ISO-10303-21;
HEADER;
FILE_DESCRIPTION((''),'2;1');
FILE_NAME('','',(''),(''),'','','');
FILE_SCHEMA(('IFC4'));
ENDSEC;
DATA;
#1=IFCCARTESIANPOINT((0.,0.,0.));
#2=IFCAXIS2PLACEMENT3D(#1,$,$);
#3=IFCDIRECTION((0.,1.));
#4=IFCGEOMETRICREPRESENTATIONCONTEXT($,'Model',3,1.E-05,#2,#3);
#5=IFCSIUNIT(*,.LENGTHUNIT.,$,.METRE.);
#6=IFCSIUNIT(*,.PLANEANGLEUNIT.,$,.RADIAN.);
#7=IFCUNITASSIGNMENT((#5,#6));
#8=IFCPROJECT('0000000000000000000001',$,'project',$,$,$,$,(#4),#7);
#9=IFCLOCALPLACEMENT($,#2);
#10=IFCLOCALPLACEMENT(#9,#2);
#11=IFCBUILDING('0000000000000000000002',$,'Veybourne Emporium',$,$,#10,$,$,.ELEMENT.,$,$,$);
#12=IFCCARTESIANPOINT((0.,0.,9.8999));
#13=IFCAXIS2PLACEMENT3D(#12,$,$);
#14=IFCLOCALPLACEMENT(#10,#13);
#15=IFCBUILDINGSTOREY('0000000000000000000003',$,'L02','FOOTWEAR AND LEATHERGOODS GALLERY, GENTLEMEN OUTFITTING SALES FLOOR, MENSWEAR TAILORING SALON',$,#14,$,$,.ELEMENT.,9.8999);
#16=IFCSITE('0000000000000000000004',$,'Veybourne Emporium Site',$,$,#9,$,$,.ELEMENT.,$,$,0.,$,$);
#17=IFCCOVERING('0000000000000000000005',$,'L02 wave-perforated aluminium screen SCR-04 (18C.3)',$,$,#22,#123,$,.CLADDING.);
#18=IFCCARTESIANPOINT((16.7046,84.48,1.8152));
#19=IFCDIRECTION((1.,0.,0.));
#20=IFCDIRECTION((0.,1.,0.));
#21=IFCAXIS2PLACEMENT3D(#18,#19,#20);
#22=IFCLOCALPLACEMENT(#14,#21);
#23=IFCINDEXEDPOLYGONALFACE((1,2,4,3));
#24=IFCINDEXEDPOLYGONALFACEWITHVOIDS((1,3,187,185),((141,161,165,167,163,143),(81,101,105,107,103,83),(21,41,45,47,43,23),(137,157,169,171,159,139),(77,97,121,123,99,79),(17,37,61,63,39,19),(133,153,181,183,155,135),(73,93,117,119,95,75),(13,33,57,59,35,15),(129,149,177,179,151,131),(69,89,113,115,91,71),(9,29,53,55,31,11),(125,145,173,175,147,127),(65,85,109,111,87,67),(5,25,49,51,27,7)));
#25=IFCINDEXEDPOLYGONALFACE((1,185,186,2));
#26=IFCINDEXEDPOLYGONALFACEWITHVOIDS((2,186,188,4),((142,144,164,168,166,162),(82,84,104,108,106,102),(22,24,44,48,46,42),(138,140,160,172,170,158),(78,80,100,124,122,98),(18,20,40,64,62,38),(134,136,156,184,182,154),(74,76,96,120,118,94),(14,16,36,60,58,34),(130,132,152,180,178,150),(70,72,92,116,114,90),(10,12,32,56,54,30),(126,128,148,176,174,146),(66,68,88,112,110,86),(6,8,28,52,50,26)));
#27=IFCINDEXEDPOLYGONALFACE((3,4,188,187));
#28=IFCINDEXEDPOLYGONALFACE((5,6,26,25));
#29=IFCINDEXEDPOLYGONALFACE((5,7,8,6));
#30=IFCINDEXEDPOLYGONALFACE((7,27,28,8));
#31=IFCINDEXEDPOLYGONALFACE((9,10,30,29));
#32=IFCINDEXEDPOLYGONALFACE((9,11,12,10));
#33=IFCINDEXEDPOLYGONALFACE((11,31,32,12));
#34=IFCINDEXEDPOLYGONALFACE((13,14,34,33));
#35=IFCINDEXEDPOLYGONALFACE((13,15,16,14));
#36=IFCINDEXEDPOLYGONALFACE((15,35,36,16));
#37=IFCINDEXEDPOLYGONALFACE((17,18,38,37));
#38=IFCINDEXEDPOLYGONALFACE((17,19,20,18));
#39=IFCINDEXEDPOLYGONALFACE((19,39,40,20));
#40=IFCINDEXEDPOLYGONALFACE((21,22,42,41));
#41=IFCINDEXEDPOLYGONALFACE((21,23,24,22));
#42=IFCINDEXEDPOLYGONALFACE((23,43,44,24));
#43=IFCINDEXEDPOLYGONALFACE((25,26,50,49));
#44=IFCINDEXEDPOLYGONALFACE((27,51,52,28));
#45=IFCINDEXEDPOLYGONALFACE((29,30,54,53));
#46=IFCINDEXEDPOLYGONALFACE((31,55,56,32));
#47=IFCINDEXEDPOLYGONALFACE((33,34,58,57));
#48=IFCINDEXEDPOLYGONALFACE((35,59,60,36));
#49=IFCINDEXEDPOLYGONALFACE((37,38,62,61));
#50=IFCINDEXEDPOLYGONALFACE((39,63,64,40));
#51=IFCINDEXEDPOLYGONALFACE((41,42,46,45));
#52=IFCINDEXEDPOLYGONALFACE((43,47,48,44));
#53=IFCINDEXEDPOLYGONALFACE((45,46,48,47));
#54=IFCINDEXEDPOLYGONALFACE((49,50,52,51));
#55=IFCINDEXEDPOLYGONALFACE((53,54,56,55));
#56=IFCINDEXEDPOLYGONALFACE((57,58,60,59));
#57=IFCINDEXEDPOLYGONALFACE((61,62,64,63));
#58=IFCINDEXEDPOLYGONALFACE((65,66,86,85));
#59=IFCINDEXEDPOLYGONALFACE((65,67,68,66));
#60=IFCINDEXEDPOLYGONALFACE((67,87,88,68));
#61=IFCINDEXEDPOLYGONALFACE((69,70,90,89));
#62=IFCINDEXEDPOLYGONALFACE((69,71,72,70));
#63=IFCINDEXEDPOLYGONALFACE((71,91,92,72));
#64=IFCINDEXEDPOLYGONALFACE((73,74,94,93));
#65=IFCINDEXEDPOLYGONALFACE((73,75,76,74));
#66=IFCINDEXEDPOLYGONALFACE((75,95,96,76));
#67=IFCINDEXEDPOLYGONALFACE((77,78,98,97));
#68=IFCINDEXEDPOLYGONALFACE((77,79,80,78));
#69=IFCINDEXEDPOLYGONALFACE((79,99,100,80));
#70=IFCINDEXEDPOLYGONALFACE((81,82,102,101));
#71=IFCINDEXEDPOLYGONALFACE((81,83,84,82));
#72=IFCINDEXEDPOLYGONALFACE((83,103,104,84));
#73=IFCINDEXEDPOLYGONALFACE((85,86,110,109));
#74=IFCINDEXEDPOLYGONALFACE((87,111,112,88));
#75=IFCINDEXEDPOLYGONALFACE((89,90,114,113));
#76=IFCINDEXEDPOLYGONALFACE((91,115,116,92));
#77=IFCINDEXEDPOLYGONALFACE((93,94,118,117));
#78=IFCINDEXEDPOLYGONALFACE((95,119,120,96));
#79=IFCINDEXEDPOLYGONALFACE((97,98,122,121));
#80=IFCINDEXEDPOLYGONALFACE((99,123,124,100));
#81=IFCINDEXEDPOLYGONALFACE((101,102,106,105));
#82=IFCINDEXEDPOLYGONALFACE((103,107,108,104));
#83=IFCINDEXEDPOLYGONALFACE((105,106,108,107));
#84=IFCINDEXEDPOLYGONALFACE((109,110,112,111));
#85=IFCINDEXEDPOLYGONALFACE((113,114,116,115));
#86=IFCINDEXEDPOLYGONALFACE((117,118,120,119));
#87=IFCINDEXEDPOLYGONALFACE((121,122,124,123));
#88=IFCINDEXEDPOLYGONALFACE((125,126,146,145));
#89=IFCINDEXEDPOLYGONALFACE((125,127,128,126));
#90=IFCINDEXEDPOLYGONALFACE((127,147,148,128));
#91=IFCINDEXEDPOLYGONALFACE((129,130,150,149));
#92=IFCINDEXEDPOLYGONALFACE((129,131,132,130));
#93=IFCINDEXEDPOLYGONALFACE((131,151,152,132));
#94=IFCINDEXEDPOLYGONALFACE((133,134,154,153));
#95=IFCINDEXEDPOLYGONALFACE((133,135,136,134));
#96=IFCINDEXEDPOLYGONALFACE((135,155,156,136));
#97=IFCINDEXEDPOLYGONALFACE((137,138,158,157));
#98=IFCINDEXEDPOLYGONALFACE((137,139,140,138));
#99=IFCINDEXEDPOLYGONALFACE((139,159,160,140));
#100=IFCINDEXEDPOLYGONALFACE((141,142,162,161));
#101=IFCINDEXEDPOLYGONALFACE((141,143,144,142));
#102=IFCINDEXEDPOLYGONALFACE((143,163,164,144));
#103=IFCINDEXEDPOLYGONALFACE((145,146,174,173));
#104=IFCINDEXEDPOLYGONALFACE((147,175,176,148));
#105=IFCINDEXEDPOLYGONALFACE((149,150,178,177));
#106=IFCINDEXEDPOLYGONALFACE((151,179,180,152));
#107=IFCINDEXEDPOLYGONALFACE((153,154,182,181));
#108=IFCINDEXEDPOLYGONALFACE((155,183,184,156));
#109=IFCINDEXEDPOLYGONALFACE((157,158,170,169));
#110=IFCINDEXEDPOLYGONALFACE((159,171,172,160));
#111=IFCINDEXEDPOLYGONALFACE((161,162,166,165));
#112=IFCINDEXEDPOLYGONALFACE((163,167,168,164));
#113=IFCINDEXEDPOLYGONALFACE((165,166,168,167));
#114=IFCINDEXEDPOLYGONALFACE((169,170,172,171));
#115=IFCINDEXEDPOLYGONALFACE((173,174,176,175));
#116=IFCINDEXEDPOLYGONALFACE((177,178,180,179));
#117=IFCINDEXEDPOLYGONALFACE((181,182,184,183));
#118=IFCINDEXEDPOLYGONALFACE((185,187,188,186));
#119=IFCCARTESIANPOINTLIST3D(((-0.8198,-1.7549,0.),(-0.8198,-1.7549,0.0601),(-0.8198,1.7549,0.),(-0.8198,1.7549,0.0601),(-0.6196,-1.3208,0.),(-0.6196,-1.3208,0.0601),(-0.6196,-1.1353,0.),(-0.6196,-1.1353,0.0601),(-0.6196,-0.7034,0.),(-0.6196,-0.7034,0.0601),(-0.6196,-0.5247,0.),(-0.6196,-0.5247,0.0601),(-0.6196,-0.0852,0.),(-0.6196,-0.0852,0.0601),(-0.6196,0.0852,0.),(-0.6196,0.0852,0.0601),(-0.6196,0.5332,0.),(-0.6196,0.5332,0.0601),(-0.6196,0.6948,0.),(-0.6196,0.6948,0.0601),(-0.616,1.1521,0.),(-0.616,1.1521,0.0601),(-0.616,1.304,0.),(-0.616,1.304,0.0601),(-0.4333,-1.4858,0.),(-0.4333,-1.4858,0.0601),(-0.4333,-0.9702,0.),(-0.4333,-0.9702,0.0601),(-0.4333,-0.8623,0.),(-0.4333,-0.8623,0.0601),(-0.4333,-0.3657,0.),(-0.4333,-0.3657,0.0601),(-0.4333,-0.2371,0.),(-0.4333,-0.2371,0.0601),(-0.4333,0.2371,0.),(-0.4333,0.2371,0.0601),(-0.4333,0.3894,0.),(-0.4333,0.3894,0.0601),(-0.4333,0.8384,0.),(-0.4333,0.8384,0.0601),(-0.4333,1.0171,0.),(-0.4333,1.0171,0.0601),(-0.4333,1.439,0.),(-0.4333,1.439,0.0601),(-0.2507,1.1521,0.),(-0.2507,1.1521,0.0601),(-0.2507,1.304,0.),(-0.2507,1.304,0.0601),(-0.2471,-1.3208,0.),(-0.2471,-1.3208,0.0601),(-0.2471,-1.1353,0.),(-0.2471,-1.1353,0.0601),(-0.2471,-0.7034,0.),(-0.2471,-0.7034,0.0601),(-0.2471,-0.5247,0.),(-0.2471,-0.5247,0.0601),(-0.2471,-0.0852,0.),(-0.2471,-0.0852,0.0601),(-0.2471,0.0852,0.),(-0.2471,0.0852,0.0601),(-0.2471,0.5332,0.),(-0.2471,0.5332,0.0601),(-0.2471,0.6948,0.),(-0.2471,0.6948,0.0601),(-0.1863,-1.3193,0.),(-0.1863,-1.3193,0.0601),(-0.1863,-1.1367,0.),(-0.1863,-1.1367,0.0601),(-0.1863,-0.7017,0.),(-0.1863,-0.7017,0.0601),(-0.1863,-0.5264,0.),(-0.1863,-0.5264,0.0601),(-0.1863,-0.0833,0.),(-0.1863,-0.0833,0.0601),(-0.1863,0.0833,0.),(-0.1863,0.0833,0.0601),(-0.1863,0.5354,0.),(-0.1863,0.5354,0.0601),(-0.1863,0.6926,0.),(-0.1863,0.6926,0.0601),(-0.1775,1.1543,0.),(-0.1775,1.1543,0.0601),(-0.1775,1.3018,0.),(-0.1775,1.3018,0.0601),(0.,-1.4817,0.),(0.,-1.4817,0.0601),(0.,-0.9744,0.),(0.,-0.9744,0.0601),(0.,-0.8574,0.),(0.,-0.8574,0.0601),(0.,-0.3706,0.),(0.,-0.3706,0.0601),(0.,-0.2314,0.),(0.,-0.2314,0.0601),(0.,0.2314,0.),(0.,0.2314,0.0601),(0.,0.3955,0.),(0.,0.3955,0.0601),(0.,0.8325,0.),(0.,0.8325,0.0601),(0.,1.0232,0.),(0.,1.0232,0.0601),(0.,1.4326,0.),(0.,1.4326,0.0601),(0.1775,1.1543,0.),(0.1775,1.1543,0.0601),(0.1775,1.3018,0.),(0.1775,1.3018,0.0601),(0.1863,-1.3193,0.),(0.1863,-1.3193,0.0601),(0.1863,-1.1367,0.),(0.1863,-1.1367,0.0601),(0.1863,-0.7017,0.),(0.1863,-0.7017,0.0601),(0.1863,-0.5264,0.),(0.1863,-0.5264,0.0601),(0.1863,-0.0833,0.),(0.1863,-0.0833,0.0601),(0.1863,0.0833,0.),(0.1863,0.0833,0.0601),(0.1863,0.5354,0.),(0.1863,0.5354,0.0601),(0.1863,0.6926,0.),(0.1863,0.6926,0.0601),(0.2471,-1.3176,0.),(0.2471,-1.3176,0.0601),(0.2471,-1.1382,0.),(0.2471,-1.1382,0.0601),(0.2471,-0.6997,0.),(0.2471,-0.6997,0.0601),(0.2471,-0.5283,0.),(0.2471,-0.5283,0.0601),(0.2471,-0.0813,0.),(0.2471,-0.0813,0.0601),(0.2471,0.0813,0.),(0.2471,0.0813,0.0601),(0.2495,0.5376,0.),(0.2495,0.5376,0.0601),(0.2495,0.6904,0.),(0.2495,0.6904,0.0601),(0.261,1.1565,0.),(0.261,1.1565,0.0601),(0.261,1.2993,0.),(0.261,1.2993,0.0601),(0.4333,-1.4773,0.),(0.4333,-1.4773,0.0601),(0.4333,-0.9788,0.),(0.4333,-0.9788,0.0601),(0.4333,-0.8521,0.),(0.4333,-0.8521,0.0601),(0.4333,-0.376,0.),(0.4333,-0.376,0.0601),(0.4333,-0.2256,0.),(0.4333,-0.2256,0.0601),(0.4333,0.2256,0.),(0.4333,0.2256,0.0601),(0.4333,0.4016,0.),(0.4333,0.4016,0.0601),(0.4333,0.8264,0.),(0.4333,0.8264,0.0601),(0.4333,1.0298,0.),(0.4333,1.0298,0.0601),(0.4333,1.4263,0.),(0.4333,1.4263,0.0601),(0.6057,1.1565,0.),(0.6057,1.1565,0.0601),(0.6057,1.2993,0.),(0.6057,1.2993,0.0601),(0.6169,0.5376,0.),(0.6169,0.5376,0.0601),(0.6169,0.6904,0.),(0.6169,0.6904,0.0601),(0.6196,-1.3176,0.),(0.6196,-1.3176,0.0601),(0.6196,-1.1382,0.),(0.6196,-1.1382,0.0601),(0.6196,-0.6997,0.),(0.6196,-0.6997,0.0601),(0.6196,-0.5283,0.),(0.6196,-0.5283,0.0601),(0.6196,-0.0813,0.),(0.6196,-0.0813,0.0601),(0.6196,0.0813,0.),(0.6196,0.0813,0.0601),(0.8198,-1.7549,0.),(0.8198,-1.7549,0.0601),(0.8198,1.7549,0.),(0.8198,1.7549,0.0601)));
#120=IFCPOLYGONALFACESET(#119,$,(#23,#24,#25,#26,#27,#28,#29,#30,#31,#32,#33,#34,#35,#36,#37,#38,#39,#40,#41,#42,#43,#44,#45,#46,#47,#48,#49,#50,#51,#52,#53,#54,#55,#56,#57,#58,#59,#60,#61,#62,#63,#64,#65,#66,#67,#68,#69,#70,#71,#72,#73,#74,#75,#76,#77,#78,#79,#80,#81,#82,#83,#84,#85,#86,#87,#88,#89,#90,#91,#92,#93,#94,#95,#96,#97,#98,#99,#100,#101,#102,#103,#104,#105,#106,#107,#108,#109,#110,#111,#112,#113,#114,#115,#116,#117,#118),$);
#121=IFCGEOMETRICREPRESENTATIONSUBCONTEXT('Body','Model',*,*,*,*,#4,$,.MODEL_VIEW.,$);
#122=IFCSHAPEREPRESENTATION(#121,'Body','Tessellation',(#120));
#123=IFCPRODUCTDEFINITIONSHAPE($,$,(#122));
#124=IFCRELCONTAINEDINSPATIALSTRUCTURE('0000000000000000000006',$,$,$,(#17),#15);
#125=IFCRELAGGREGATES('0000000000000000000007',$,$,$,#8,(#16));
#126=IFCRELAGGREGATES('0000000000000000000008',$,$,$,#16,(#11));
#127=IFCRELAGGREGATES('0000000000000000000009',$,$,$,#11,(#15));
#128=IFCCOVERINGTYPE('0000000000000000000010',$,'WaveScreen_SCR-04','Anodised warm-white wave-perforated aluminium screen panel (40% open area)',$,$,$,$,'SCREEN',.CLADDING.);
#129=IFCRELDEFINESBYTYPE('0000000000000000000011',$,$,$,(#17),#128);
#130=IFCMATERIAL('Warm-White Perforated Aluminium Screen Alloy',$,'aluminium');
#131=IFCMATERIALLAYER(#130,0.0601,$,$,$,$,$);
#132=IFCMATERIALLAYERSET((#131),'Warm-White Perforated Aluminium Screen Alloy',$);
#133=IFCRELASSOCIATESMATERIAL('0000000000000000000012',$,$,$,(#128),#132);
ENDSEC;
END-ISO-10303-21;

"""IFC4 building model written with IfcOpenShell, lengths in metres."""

from ifc_helpers import new_model, si_unit, direction, frame, origin, place, context, subcontext, project, spatial, polyline, outline, extrude, material, layer, layer_set, type_object, element, save


model = new_model("IFC4")

# Units and contexts
model_context = context("Model", 3, precision=1e-05, world=origin(), true_north=direction((0.0, 1.0)))
body_context = subcontext(model_context, "Body", "Model", "MODEL_VIEW")
ifc_project = project(units=[si_unit("LENGTHUNIT", "METRE"), si_unit("PLANEANGLEUNIT", "RADIAN")], contexts=[model_context])

# Site, building, storey
site_placement = place(None, origin())
site = spatial("IfcSite", under=ifc_project, at=site_placement, Name="Veybourne Emporium Site", CompositionType="ELEMENT", RefElevation=0.0)
building_placement = place(site_placement, origin())
building = spatial("IfcBuilding", under=site, at=building_placement, Name="Veybourne Emporium", CompositionType="ELEMENT")
storey_placement = place(building_placement, frame((0.0, 0.0, 9.8999)))
storey = spatial("IfcBuildingStorey", under=building, at=storey_placement, Name="L02", Description="FOOTWEAR AND LEATHERGOODS GALLERY, GENTLEMEN OUTFITTING SALES FLOOR, MENSWEAR TAILORING SALON", CompositionType="ELEMENT", Elevation=9.8999)

# Covering
ifc_material_1 = material(Name="Warm-White Perforated Aluminium Screen Alloy", Category="aluminium")
ifc_layer_1 = layer(ifc_material_1, 0.0601)
ifc_layer_set_1 = layer_set([ifc_layer_1], Name="Warm-White Perforated Aluminium Screen Alloy")
covering_type_1 = type_object("IfcCoveringType", Name="WaveScreen_SCR-04", Description="Anodised warm-white wave-perforated aluminium screen panel (40% open area)", ElementType="SCREEN", PredefinedType="CLADDING", material=ifc_layer_set_1)
covering_1_placement = place(storey_placement, frame((16.7046, 84.48, 1.8152), z_axis=(1.0, 0.0, 0.0), x_axis=(0.0, 1.0, 0.0)))
element("IfcCovering", 1, at=covering_1_placement, inside=storey, type_object=covering_type_1, Name="L02 wave-perforated aluminium screen SCR-04 (18C.3)", PredefinedType="CLADDING", context=body_context, shape_type="SweptSolid", body=[
    extrude(outline(polyline([(-0.8198, -1.7549), (0.8198, -1.7549), (0.8198, 1.7549), (-0.8198, 1.7549), (-0.8198, -1.7549)]), holes=[polyline([(-0.4333, -0.9702), (-0.2471, -1.1353), (-0.2471, -1.3208), (-0.4333, -1.4858), (-0.6196, -1.3208), (-0.6196, -1.1353), (-0.4333, -0.9702)]), polyline([(-0.4333, -0.3657), (-0.2471, -0.5247), (-0.2471, -0.7034), (-0.4333, -0.8623), (-0.6196, -0.7034), (-0.6196, -0.5247), (-0.4333, -0.3657)]), polyline([(-0.4333, 0.2371), (-0.2471, 0.0852), (-0.2471, -0.0852), (-0.4333, -0.2371), (-0.6196, -0.0852), (-0.6196, 0.0852), (-0.4333, 0.2371)]), polyline([(-0.4333, 0.8384), (-0.2471, 0.6948), (-0.2471, 0.5332), (-0.4333, 0.3894), (-0.6196, 0.5332), (-0.6196, 0.6948), (-0.4333, 0.8384)]), polyline([(-0.4333, 1.439), (-0.2507, 1.304), (-0.2507, 1.1521), (-0.4333, 1.0171), (-0.616, 1.1521), (-0.616, 1.304), (-0.4333, 1.439)]), polyline([(0.0, -0.9744), (0.1863, -1.1367), (0.1863, -1.3193), (0.0, -1.4817), (-0.1863, -1.3193), (-0.1863, -1.1367), (0.0, -0.9744)]), polyline([(0.0, -0.3706), (0.1863, -0.5264), (0.1863, -0.7017), (0.0, -0.8574), (-0.1863, -0.7017), (-0.1863, -0.5264), (0.0, -0.3706)]), polyline([(0.0, 0.2314), (0.1863, 0.0833), (0.1863, -0.0833), (0.0, -0.2314), (-0.1863, -0.0833), (-0.1863, 0.0833), (0.0, 0.2314)]), polyline([(0.0, 0.8325), (0.1863, 0.6926), (0.1863, 0.5354), (0.0, 0.3955), (-0.1863, 0.5354), (-0.1863, 0.6926), (0.0, 0.8325)]), polyline([(0.0, 1.4326), (0.1775, 1.3018), (0.1775, 1.1543), (0.0, 1.0232), (-0.1775, 1.1543), (-0.1775, 1.3018), (0.0, 1.4326)]), polyline([(0.4333, -0.9788), (0.6196, -1.1382), (0.6196, -1.3176), (0.4333, -1.4773), (0.2471, -1.3176), (0.2471, -1.1382), (0.4333, -0.9788)]), polyline([(0.4333, -0.376), (0.6196, -0.5283), (0.6196, -0.6997), (0.4333, -0.8521), (0.2471, -0.6997), (0.2471, -0.5283), (0.4333, -0.376)]), polyline([(0.4333, 0.2256), (0.6196, 0.0813), (0.6196, -0.0813), (0.4333, -0.2256), (0.2471, -0.0813), (0.2471, 0.0813), (0.4333, 0.2256)]), polyline([(0.4333, 0.8264), (0.6169, 0.6904), (0.6169, 0.5376), (0.4333, 0.4016), (0.2495, 0.5376), (0.2495, 0.6904), (0.4333, 0.8264)]), polyline([(0.4333, 1.4263), (0.6057, 1.2993), (0.6057, 1.1565), (0.4333, 1.0298), (0.261, 1.1565), (0.261, 1.2993), (0.4333, 1.4263)])]), origin(), (0.0, 0.0, 1.0), 0.0601),
])

save(model, "model.ifc")
